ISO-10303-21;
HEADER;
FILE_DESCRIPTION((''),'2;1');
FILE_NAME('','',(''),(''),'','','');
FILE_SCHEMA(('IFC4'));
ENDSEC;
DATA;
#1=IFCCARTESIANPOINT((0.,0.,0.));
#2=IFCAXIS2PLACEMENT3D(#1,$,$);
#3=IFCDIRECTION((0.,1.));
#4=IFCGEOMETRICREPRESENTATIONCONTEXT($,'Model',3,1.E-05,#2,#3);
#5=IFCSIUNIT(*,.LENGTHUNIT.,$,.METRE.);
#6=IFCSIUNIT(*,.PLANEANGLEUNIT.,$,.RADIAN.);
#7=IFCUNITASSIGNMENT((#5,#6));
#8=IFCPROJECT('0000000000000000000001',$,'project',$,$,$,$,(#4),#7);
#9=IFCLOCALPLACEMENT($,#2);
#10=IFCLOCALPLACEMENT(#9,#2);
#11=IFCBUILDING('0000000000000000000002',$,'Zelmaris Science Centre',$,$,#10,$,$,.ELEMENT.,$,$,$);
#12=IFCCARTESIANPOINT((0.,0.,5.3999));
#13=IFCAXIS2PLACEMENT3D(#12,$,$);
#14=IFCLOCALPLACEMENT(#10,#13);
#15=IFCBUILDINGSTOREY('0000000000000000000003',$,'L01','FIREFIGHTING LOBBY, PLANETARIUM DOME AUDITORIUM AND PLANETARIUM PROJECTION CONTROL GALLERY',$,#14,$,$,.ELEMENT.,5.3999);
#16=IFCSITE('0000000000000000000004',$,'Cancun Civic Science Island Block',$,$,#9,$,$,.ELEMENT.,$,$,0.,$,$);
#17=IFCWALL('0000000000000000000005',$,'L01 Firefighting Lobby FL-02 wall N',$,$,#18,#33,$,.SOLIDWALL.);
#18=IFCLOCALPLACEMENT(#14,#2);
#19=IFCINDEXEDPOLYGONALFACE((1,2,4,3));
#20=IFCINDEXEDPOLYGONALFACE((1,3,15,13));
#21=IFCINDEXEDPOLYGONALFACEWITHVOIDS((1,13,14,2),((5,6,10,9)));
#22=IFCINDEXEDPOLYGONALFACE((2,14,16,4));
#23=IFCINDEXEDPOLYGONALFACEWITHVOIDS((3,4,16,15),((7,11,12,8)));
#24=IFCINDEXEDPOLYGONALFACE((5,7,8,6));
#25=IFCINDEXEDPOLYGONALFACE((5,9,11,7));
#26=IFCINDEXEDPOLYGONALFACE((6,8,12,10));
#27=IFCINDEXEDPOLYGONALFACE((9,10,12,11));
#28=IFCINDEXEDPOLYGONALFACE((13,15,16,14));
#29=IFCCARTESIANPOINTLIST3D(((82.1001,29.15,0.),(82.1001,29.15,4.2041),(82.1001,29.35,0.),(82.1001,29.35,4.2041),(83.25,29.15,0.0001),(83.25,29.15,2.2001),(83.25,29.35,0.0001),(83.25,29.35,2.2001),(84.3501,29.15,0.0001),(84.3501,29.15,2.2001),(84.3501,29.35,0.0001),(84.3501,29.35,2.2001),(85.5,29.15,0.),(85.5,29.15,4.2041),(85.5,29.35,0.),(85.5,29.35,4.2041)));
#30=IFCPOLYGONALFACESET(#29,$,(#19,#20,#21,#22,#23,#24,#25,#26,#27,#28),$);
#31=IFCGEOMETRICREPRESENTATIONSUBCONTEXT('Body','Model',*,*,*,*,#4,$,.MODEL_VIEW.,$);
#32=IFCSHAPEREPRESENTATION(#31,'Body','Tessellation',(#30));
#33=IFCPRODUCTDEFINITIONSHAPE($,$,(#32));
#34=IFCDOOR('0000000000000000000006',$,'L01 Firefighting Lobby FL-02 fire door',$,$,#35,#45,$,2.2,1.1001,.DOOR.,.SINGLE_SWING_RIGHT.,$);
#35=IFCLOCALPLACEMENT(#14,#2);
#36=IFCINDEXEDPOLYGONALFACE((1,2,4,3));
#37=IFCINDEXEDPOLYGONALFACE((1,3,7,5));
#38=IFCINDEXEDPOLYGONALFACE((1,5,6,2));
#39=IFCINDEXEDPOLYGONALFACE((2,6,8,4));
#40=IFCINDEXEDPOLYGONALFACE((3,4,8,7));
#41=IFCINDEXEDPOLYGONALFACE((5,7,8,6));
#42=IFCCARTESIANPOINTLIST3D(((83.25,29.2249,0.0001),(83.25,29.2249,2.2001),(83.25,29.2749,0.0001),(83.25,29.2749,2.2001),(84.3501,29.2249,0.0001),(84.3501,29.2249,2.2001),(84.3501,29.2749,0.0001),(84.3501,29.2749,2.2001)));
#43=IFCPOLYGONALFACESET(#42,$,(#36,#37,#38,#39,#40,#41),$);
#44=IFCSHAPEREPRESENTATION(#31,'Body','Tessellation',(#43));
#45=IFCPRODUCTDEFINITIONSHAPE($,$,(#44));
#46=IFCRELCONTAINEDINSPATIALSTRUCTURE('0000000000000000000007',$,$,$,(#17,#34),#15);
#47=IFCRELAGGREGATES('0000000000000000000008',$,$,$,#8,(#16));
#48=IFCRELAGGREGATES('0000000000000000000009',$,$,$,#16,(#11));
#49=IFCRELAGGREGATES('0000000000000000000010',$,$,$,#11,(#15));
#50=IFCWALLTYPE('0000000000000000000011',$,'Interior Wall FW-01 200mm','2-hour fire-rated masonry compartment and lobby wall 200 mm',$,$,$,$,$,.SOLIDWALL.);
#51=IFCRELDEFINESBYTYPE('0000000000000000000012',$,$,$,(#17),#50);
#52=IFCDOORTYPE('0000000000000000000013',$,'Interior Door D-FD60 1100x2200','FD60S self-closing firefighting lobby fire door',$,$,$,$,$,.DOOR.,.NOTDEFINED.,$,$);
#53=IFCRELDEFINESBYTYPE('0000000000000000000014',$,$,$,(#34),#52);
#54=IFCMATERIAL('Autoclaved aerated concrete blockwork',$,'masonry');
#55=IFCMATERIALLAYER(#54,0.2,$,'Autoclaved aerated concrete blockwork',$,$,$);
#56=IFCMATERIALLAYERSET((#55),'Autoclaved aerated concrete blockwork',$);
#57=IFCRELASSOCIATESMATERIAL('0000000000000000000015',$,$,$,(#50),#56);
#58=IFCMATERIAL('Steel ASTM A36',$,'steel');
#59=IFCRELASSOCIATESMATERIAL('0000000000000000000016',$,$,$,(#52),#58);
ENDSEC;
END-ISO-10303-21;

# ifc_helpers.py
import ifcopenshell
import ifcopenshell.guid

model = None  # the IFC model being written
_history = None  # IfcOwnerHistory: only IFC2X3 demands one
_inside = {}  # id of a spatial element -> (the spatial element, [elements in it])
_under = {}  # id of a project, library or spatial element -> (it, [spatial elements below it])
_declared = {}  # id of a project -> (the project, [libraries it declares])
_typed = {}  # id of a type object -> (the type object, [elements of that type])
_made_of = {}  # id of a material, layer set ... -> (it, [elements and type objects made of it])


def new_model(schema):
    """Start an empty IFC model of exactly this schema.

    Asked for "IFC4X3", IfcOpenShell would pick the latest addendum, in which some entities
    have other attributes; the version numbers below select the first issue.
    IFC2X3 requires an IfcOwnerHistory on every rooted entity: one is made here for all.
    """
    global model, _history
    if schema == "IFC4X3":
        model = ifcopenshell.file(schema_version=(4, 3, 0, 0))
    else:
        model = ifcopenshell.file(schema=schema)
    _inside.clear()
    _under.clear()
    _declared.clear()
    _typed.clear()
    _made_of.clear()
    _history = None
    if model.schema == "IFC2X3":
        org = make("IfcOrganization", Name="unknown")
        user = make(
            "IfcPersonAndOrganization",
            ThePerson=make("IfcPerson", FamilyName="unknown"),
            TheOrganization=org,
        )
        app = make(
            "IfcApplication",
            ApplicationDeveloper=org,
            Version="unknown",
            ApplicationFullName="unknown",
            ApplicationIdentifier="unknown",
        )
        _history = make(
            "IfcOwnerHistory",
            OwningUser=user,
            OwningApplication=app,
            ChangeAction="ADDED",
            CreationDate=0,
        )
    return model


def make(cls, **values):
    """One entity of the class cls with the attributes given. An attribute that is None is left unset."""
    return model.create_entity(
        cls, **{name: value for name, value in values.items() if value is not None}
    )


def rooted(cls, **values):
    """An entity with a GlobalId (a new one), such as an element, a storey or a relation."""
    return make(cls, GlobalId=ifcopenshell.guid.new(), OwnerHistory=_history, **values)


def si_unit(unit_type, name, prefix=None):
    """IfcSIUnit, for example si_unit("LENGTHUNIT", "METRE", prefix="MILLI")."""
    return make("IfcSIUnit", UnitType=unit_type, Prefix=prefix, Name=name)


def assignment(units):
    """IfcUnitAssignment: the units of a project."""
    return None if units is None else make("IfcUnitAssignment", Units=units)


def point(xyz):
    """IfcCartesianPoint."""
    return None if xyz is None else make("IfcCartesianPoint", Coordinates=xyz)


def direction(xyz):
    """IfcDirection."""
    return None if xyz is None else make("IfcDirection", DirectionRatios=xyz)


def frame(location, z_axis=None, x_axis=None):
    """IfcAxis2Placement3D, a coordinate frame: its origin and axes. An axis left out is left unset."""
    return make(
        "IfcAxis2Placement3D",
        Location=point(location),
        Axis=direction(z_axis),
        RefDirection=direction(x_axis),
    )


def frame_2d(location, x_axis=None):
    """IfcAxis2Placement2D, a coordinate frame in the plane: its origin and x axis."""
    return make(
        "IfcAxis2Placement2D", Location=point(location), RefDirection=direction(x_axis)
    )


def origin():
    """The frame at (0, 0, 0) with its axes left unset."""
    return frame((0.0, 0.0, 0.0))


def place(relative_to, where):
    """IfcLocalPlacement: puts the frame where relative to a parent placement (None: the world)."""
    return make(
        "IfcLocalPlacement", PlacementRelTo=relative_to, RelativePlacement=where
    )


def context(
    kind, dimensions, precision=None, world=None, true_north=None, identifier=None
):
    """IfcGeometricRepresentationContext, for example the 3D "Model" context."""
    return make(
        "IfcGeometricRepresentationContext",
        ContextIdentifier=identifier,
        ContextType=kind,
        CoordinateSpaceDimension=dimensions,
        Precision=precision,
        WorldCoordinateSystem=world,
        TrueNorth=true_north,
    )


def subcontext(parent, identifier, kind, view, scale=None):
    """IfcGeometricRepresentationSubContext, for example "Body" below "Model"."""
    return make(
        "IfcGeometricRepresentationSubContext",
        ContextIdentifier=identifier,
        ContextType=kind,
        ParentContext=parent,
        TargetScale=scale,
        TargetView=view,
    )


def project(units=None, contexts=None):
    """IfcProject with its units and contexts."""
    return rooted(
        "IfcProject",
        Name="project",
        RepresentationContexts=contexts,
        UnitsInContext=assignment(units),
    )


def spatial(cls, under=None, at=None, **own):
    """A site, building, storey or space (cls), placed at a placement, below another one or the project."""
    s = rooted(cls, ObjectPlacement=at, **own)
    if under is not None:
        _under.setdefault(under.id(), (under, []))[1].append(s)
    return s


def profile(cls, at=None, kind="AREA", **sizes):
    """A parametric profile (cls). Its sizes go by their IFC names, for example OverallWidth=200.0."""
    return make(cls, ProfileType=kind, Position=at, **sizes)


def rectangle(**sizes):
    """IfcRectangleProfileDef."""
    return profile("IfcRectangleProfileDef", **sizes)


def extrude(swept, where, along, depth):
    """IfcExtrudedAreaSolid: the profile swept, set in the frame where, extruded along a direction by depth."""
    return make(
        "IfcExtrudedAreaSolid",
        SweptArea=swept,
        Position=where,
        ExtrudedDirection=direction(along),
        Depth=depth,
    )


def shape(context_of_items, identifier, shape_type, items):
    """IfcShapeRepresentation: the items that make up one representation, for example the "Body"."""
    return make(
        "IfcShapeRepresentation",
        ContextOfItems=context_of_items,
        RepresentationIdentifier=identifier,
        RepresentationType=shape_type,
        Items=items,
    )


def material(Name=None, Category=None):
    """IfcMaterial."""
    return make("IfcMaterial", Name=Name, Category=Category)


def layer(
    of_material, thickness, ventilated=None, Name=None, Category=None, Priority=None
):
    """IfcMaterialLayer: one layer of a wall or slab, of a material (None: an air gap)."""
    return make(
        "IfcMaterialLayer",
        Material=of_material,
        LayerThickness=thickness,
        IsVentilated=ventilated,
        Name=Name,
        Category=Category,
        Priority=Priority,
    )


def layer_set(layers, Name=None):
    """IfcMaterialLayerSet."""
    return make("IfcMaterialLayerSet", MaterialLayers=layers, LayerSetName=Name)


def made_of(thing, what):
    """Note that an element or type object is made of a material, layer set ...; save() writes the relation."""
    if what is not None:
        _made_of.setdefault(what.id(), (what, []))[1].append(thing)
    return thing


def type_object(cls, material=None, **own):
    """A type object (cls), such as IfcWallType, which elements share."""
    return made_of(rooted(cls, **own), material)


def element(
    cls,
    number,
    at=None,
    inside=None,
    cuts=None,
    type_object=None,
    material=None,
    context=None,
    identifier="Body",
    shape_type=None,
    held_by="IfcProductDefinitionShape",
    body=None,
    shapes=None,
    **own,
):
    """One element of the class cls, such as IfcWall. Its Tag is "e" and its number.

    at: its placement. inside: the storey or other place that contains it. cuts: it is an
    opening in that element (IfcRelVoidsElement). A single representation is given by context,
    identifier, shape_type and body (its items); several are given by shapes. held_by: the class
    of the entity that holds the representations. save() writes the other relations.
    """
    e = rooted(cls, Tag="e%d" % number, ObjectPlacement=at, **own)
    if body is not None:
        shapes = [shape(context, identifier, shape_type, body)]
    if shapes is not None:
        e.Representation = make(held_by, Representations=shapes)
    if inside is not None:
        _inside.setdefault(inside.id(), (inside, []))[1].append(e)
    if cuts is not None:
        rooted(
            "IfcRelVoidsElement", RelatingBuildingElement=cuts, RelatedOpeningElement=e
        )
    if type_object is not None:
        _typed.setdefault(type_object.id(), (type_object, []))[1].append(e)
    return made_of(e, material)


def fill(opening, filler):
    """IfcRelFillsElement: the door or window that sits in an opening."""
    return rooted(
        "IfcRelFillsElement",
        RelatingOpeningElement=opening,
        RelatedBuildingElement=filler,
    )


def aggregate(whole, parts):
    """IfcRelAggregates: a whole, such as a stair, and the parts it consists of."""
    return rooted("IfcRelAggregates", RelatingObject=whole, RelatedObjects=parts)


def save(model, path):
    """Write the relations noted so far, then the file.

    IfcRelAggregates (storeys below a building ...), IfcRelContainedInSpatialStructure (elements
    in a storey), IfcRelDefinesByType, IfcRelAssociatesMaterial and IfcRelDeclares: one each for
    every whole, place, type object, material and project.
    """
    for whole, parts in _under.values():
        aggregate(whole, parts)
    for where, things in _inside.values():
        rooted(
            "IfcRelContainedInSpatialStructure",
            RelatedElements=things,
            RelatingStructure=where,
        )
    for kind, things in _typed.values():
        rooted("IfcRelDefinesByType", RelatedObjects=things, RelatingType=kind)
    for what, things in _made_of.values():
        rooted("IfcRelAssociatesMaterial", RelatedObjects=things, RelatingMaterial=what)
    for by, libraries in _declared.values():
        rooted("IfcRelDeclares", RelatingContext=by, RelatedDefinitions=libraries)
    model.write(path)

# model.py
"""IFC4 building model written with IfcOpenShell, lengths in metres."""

from ifc_helpers import new_model, si_unit, direction, frame, frame_2d, origin, place, context, subcontext, project, spatial, rectangle, extrude, material, layer, layer_set, type_object, element, fill, save


model = new_model("IFC4")

# Units and contexts
model_context = context("Model", 3, precision=1e-05, world=origin(), true_north=direction((0.0, 1.0)))
body_context = subcontext(model_context, "Body", "Model", "MODEL_VIEW")
ifc_project = project(units=[si_unit("LENGTHUNIT", "METRE"), si_unit("PLANEANGLEUNIT", "RADIAN")], contexts=[model_context])

# Site, building, storey
site_placement = place(None, origin())
site = spatial("IfcSite", under=ifc_project, at=site_placement, Name="Cancun Civic Science Island Block", CompositionType="ELEMENT", RefElevation=0.0)
building_placement = place(site_placement, origin())
building = spatial("IfcBuilding", under=site, at=building_placement, Name="Zelmaris Science Centre", CompositionType="ELEMENT")
storey_placement = place(building_placement, frame((0.0, 0.0, 5.3999)))
storey = spatial("IfcBuildingStorey", under=building, at=storey_placement, Name="L01", Description="FIREFIGHTING LOBBY, PLANETARIUM DOME AUDITORIUM AND PLANETARIUM PROJECTION CONTROL GALLERY", CompositionType="ELEMENT", Elevation=5.3999)

# Shared definitions
ifc_material_1 = material(Name="Steel ASTM A36", Category="steel")

# Shared definitions
ifc_material_2 = material(Name="Autoclaved aerated concrete blockwork", Category="masonry")
ifc_layer_1 = layer(ifc_material_2, 0.2, Name="Autoclaved aerated concrete blockwork")
ifc_layer_set_1 = layer_set([ifc_layer_1], Name="Autoclaved aerated concrete blockwork")
wall_type_1 = type_object("IfcWallType", Name="Interior Wall FW-01 200mm", Description="2-hour fire-rated masonry compartment and lobby wall 200 mm", PredefinedType="SOLIDWALL", material=ifc_layer_set_1)

# Shared definitions
door_type_1 = type_object("IfcDoorType", Name="Interior Door D-FD60 1100x2200", Description="FD60S self-closing firefighting lobby fire door", OperationType="NOTDEFINED", PredefinedType="DOOR", material=ifc_material_1)

# Wall, opening, door
wall_1_placement = place(storey_placement, frame((82.1001, 29.25, 0.0), z_axis=(0.0, 0.0, 1.0), x_axis=(1.0, 0.0, 0.0)))
wall_1 = element("IfcWall", 1, at=wall_1_placement, inside=storey, type_object=wall_type_1, Name="L01 Firefighting Lobby FL-02 wall N", PredefinedType="SOLIDWALL", context=body_context, shape_type="SweptSolid", body=[
    extrude(rectangle(XDim=3.3999, YDim=0.2, at=frame_2d((1.7, 0.0))), origin(), (0.0, 0.0, 1.0), 4.2041),
])
opening_1_placement = place(wall_1_placement, frame((1.1499, 0.0, 0.0)))
opening_1 = element("IfcOpeningElement", 2, at=opening_1_placement, cuts=wall_1, PredefinedType="OPENING", context=body_context, shape_type="SweptSolid", body=[
    extrude(rectangle(XDim=1.1001, YDim=2.2, at=frame_2d((0.55, 1.1001))), frame((0.0, 0.1099, 0.0), z_axis=(0.0, -1.0, 0.0), x_axis=(1.0, 0.0, 0.0)), (0.0, 0.0, 1.0), 0.22),
])
door_1_placement = place(opening_1_placement, origin())
door_1 = element("IfcDoor", 3, at=door_1_placement, inside=storey, type_object=door_type_1, Name="L01 Firefighting Lobby FL-02 fire door", OperationType="SINGLE_SWING_RIGHT", OverallHeight=2.2, OverallWidth=1.1001, PredefinedType="DOOR", context=body_context, shape_type="SweptSolid", body=[
    extrude(rectangle(XDim=1.1001, YDim=2.2, at=frame_2d((0.55, 1.1001))), frame((0.0, 0.0249, 0.0), z_axis=(0.0, -1.0, 0.0), x_axis=(1.0, 0.0, 0.0)), (0.0, 0.0, 1.0), 0.05),
])
fill(opening_1, door_1)

save(model, "model.ifc")
